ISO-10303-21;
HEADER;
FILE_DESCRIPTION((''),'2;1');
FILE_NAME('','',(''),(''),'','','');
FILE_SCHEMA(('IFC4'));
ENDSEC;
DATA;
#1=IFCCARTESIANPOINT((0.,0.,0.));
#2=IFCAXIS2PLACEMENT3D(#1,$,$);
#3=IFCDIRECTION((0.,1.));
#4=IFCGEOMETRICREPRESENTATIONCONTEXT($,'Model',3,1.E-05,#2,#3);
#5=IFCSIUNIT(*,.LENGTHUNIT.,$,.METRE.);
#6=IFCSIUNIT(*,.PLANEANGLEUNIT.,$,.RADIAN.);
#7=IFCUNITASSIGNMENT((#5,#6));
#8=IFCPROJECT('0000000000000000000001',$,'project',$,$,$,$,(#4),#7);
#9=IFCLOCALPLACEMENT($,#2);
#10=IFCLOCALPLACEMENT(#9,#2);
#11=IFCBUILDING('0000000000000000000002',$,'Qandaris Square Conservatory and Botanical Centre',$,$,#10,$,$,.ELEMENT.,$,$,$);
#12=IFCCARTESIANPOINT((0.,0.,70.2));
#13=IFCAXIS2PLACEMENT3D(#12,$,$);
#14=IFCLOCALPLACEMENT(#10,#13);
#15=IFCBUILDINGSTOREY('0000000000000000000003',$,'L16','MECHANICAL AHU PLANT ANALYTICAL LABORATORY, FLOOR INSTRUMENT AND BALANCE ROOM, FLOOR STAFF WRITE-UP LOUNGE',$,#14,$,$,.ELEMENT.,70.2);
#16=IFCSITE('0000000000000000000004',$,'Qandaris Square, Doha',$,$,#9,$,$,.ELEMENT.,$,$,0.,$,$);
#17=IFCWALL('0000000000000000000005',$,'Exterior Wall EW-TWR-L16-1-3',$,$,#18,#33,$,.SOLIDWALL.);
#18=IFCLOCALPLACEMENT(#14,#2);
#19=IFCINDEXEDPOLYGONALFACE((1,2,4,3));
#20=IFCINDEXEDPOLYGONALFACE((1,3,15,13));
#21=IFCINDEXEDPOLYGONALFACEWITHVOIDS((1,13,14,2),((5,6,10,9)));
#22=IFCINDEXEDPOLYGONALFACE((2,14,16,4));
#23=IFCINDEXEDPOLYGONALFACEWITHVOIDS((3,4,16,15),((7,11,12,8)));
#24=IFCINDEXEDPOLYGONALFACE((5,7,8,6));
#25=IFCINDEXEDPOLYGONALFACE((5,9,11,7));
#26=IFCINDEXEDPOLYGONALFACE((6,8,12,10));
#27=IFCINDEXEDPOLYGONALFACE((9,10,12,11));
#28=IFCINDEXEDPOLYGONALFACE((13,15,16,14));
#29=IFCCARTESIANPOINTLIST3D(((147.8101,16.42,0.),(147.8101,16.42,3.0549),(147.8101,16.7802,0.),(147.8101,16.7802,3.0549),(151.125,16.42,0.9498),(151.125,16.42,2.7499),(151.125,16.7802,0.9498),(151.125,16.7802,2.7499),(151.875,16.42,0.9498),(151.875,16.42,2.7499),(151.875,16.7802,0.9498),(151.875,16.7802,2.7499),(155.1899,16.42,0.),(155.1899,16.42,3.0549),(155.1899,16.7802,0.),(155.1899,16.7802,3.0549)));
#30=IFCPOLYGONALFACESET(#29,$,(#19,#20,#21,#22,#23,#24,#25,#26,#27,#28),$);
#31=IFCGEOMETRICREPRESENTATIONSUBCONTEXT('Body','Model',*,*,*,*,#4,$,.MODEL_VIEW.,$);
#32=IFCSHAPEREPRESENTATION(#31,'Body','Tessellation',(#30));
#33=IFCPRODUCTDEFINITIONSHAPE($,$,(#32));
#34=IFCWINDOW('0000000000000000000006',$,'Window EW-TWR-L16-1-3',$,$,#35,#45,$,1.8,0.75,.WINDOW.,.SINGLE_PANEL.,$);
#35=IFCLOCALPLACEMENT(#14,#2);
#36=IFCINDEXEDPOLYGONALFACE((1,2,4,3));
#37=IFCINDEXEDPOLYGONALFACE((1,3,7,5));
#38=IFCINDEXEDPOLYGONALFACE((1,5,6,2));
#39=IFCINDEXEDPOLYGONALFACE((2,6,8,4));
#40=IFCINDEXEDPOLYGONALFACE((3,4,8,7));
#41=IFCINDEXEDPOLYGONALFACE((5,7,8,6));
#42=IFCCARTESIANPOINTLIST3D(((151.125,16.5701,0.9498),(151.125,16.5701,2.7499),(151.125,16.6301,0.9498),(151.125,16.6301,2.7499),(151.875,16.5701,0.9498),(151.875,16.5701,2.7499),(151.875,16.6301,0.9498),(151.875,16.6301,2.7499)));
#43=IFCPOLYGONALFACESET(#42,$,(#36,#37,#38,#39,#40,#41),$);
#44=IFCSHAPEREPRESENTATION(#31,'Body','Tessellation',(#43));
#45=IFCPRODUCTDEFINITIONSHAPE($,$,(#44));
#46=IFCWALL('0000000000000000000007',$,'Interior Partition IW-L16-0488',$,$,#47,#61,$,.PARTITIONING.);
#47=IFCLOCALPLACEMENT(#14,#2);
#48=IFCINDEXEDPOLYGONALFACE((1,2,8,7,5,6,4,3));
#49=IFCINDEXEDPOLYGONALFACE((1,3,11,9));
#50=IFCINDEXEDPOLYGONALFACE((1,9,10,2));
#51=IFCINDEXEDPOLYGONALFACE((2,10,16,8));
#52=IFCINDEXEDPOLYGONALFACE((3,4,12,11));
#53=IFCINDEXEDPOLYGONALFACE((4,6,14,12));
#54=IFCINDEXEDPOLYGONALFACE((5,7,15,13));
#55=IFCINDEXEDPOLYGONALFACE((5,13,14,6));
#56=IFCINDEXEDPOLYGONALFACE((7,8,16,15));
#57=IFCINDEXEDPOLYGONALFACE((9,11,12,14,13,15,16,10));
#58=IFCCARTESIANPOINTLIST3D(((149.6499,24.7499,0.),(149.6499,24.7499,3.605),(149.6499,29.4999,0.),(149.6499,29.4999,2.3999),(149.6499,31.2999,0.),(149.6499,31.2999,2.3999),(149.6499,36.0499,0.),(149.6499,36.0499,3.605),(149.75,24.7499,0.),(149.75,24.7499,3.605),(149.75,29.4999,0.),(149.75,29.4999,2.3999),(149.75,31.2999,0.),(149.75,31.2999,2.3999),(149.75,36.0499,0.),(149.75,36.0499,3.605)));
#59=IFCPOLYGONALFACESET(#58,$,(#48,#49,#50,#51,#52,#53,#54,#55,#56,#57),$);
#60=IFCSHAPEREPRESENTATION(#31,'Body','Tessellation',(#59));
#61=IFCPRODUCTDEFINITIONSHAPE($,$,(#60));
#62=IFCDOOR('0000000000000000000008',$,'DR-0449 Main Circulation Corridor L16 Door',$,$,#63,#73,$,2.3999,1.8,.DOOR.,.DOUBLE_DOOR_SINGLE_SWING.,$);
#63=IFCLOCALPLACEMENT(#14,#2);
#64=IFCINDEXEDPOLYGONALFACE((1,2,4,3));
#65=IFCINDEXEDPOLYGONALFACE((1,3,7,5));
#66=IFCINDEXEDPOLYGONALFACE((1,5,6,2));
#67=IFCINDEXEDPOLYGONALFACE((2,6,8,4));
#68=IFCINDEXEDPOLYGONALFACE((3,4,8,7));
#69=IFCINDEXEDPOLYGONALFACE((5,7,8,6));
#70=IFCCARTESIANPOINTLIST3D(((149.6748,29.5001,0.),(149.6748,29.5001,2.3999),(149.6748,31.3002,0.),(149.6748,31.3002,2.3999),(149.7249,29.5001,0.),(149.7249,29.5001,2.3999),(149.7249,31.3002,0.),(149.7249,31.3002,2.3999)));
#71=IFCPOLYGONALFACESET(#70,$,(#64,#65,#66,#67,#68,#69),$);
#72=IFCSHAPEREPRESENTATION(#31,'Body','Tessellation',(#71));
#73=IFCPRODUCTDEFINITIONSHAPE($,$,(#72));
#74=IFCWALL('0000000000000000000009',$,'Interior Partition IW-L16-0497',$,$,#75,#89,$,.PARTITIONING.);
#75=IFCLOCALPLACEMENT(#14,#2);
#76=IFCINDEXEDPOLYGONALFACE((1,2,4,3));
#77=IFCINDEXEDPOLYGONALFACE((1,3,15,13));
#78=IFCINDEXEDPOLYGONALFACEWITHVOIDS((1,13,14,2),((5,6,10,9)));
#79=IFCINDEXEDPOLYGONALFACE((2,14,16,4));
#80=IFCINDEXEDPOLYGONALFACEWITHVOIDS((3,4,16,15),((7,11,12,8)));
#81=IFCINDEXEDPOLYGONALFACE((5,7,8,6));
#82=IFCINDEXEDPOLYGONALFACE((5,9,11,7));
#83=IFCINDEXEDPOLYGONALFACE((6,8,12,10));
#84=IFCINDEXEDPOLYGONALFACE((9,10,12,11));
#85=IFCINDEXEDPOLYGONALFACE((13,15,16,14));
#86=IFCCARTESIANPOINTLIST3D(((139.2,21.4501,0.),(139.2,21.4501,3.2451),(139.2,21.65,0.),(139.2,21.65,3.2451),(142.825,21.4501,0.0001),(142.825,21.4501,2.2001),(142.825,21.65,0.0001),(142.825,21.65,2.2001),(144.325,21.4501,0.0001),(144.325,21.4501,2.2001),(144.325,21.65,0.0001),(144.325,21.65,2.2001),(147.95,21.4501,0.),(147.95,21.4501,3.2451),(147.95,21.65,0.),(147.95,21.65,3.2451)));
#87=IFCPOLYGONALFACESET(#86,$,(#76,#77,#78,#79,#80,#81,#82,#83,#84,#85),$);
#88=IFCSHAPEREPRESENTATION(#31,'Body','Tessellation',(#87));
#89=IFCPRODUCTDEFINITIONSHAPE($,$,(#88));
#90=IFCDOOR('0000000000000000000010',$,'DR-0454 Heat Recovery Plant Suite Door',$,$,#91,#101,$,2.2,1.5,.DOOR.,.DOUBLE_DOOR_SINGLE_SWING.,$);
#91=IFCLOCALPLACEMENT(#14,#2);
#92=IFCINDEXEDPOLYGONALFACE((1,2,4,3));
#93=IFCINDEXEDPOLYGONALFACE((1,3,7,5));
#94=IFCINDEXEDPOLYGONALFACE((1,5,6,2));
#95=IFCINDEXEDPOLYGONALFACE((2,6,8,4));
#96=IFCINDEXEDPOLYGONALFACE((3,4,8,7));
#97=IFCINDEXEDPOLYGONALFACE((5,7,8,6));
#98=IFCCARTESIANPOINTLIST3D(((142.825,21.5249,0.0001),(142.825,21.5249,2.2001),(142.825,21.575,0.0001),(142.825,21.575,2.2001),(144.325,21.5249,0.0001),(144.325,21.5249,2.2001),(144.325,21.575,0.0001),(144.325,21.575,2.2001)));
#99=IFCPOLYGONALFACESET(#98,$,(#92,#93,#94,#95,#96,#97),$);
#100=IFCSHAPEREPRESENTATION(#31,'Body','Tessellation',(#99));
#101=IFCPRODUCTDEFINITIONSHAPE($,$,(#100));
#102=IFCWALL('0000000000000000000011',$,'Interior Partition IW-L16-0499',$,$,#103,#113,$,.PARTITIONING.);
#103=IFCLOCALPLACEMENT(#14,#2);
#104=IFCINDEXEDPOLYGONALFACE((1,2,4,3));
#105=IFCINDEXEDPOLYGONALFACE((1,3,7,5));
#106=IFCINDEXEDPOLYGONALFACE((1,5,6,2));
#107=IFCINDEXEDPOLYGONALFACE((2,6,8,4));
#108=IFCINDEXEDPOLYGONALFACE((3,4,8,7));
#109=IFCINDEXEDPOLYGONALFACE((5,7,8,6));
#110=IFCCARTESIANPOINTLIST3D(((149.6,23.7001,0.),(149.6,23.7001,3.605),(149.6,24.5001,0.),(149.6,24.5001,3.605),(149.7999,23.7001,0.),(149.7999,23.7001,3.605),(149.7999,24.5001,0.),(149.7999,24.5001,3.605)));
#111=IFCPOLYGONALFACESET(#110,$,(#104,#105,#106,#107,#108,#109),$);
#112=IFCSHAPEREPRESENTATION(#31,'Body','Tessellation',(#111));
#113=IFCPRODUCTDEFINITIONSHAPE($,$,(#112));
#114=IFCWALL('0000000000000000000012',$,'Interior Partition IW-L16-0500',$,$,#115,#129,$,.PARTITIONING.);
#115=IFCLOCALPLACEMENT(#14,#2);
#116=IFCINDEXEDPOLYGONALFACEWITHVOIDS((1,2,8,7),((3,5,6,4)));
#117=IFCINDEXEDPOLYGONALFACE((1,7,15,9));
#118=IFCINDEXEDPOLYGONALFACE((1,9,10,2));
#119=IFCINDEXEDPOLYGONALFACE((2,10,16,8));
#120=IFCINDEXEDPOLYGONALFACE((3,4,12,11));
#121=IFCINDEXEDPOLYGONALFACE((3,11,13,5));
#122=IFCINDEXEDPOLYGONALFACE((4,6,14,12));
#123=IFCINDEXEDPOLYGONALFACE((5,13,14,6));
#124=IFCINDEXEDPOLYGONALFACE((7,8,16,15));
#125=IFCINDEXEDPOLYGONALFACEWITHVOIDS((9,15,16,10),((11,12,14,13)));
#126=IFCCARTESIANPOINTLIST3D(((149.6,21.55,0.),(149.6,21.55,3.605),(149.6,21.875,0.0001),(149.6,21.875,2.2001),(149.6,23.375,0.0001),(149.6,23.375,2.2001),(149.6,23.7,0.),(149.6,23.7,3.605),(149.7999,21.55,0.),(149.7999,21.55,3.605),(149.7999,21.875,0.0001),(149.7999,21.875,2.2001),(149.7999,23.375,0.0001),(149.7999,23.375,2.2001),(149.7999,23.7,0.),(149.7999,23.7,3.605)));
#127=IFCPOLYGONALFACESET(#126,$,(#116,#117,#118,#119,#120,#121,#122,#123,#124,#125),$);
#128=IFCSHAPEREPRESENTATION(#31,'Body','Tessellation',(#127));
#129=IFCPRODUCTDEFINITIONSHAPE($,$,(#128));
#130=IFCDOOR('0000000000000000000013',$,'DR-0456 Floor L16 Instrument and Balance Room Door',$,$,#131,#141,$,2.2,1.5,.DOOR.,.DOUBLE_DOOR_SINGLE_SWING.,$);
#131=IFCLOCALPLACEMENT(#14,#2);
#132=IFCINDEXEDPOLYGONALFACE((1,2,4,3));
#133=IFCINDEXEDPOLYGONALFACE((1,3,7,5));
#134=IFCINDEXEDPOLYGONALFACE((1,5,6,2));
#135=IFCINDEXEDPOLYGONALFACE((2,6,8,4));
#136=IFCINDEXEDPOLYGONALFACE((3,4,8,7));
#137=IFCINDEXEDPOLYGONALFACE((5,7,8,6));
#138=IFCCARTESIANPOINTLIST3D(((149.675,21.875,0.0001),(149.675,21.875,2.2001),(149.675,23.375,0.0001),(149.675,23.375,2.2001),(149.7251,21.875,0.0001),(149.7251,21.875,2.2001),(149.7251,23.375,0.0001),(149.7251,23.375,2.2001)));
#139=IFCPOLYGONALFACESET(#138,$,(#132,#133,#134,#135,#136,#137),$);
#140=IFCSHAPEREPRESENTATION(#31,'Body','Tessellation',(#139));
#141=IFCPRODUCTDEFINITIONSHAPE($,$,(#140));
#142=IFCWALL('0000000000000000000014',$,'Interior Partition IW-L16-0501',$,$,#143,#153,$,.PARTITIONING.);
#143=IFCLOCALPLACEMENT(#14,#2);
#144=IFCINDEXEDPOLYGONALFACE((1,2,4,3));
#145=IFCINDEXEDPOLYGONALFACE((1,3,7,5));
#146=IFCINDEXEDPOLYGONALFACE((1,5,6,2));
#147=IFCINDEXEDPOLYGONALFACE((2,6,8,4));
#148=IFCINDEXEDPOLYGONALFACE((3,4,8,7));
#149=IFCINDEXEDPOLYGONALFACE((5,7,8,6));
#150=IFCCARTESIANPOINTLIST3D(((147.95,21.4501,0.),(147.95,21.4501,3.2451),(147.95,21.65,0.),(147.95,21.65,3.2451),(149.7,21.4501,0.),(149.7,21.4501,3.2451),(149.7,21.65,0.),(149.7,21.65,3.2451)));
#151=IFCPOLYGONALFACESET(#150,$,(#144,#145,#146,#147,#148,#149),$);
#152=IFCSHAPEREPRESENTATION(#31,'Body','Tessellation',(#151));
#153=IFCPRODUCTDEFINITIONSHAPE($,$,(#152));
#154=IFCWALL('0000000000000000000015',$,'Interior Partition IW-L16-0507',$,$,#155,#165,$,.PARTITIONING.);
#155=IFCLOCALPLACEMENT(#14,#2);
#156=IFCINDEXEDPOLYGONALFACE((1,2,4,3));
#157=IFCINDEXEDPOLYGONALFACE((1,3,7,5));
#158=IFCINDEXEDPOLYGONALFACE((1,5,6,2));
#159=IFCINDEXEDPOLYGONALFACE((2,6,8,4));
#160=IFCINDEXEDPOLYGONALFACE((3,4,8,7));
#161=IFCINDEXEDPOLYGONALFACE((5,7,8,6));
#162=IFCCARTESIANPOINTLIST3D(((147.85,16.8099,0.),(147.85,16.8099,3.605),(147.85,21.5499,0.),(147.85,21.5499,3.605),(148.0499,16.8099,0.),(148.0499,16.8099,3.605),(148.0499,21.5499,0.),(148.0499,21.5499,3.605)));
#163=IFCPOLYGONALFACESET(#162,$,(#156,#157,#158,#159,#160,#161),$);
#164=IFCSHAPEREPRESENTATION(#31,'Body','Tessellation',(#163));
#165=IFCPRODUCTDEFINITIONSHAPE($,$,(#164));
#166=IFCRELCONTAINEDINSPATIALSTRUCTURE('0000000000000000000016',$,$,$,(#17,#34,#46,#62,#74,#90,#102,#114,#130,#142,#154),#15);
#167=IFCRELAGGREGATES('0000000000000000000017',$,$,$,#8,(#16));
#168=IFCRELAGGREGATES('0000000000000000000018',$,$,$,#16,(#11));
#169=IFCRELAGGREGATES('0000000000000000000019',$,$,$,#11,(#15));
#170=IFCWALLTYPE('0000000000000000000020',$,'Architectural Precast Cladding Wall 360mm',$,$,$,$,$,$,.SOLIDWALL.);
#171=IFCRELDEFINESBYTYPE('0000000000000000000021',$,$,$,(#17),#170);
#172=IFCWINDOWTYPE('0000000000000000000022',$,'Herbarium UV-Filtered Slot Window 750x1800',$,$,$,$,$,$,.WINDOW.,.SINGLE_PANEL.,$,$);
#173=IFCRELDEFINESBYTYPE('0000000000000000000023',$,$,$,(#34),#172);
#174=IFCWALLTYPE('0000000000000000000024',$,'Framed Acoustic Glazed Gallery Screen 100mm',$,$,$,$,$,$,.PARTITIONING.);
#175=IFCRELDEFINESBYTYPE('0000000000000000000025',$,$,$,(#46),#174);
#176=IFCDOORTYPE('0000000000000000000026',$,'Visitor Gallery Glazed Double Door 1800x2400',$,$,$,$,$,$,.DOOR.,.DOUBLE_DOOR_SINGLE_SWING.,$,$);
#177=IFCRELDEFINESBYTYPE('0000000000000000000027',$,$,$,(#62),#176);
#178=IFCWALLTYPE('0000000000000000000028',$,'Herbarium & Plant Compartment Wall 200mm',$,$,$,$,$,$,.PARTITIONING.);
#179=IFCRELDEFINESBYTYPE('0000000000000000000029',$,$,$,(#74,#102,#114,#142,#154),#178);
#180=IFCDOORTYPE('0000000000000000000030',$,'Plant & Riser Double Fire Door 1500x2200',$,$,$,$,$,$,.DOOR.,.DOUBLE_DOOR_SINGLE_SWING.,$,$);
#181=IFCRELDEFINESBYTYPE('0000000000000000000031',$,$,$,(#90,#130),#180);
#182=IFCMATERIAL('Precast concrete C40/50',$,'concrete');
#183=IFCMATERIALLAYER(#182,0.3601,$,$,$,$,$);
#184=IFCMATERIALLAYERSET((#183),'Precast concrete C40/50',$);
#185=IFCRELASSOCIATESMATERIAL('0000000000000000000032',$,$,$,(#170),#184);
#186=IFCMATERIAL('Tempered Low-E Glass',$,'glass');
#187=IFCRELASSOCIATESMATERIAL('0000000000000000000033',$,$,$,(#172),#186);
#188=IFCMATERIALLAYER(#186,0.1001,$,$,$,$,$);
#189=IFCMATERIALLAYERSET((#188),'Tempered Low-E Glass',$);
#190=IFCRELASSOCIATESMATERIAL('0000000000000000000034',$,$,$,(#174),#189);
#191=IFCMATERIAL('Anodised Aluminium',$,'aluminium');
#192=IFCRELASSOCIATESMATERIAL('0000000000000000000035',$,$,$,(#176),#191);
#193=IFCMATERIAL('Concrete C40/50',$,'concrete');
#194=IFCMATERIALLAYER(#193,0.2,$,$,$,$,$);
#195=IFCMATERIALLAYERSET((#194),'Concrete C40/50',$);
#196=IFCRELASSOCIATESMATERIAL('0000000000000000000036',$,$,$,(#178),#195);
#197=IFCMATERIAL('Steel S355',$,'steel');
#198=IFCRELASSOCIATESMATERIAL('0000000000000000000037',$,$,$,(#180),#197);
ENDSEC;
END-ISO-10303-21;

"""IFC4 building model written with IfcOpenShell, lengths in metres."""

from ifc_helpers import new_model, si_unit, direction, frame, frame_2d, origin, place, context, subcontext, project, spatial, rectangle, extrude, material, layer, layer_set, type_object, element, fill, save


model = new_model("IFC4")

# Units and contexts
model_context = context("Model", 3, precision=1e-05, world=origin(), true_north=direction((0.0, 1.0)))
body_context = subcontext(model_context, "Body", "Model", "MODEL_VIEW")
ifc_project = project(units=[si_unit("LENGTHUNIT", "METRE"), si_unit("PLANEANGLEUNIT", "RADIAN")], contexts=[model_context])

# Site, building, storey
site_placement = place(None, origin())
site = spatial("IfcSite", under=ifc_project, at=site_placement, Name="Qandaris Square, Doha", CompositionType="ELEMENT", RefElevation=0.0)
building_placement = place(site_placement, origin())
building = spatial("IfcBuilding", under=site, at=building_placement, Name="Qandaris Square Conservatory and Botanical Centre", CompositionType="ELEMENT")
storey_placement = place(building_placement, frame((0.0, 0.0, 70.2)))
storey = spatial("IfcBuildingStorey", under=building, at=storey_placement, Name="L16", Description="MECHANICAL AHU PLANT ANALYTICAL LABORATORY, FLOOR INSTRUMENT AND BALANCE ROOM, FLOOR STAFF WRITE-UP LOUNGE", CompositionType="ELEMENT", Elevation=70.2)

# Shared definitions
ifc_material_1 = material(Name="Steel S355", Category="steel")

# Wall, opening, window
ifc_material_2 = material(Name="Precast concrete C40/50", Category="concrete")
ifc_layer_1 = layer(ifc_material_2, 0.3601)
ifc_layer_set_1 = layer_set([ifc_layer_1], Name="Precast concrete C40/50")
wall_type_1 = type_object("IfcWallType", Name="Architectural Precast Cladding Wall 360mm", PredefinedType="SOLIDWALL", material=ifc_layer_set_1)
wall_1_placement = place(storey_placement, frame((147.8101, 16.6001, 0.0), z_axis=(0.0, 0.0, 1.0), x_axis=(1.0, 0.0, 0.0)))
wall_1 = element("IfcWall", 1, at=wall_1_placement, inside=storey, type_object=wall_type_1, Name="Exterior Wall EW-TWR-L16-1-3", PredefinedType="SOLIDWALL", context=body_context, shape_type="SweptSolid", body=[
    extrude(rectangle(XDim=7.3799, YDim=0.3601, at=frame_2d((3.6899, 0.0))), origin(), (0.0, 0.0, 1.0), 3.0549),
])
opening_1_placement = place(wall_1_placement, frame((3.3149, 0.0, 0.95)))
opening_1 = element("IfcOpeningElement", 2, at=opening_1_placement, cuts=wall_1, PredefinedType="OPENING", context=body_context, shape_type="SweptSolid", body=[
    extrude(rectangle(XDim=0.75, YDim=1.8, at=frame_2d((0.375, 0.8999))), frame((0.0, 0.1919, 0.0), z_axis=(0.0, -1.0, 0.0), x_axis=(1.0, 0.0, 0.0)), (0.0, 0.0, 1.0), 0.384),
])
ifc_material_3 = material(Name="Tempered Low-E Glass", Category="glass")
window_type = type_object("IfcWindowType", Name="Herbarium UV-Filtered Slot Window 750x1800", PartitioningType="SINGLE_PANEL", PredefinedType="WINDOW", material=ifc_material_3)
window_placement = place(opening_1_placement, origin())
window = element("IfcWindow", 3, at=window_placement, inside=storey, type_object=window_type, Name="Window EW-TWR-L16-1-3", OverallHeight=1.8, OverallWidth=0.75, PartitioningType="SINGLE_PANEL", PredefinedType="WINDOW", context=body_context, shape_type="SweptSolid", body=[
    extrude(rectangle(XDim=0.75, YDim=1.8, at=frame_2d((0.375, 0.8999))), frame((0.0, 0.03, 0.0), z_axis=(0.0, -1.0, 0.0), x_axis=(1.0, 0.0, 0.0)), (0.0, 0.0, 1.0), 0.0601),
])
fill(opening_1, window)

# Walls, openings, doors
ifc_layer_2 = layer(ifc_material_3, 0.1001)
ifc_layer_set_2 = layer_set([ifc_layer_2], Name="Tempered Low-E Glass")
wall_type_2 = type_object("IfcWallType", Name="Framed Acoustic Glazed Gallery Screen 100mm", PredefinedType="PARTITIONING", material=ifc_layer_set_2)
wall_2_placement = place(storey_placement, frame((149.7, 24.75, 0.0), z_axis=(0.0, 0.0, 1.0), x_axis=(0.0, 1.0, 0.0)))
wall_2 = element("IfcWall", 4, at=wall_2_placement, inside=storey, type_object=wall_type_2, Name="Interior Partition IW-L16-0488", PredefinedType="PARTITIONING", context=body_context, shape_type="SweptSolid", body=[
    extrude(rectangle(XDim=11.3, YDim=0.1001, at=frame_2d((5.6499, 0.0))), origin(), (0.0, 0.0, 1.0), 3.605),
])
opening_2_placement = place(wall_2_placement, frame((4.75, 0.0, 0.0)))
opening_2 = element("IfcOpeningElement", 5, at=opening_2_placement, cuts=wall_2, PredefinedType="OPENING", context=body_context, shape_type="SweptSolid", body=[
    extrude(rectangle(XDim=1.8, YDim=2.3999, at=frame_2d((0.8999, 1.2))), frame((0.0, 0.062, 0.0), z_axis=(0.0, -1.0, 0.0), x_axis=(1.0, 0.0, 0.0)), (0.0, 0.0, 1.0), 0.124),
])
ifc_material_4 = material(Name="Anodised Aluminium", Category="aluminium")
door_type_1 = type_object("IfcDoorType", Name="Visitor Gallery Glazed Double Door 1800x2400", OperationType="DOUBLE_DOOR_SINGLE_SWING", PredefinedType="DOOR", material=ifc_material_4)
door_1_placement = place(opening_2_placement, frame((1.8, 0.0, 0.0), z_axis=(0.0, 0.0, 1.0), x_axis=(-1.0, 0.0, 0.0)))
door_1 = element("IfcDoor", 6, at=door_1_placement, inside=storey, type_object=door_type_1, Name="DR-0449 Main Circulation Corridor L16 Door", OperationType="DOUBLE_DOOR_SINGLE_SWING", OverallHeight=2.3999, OverallWidth=1.8, PredefinedType="DOOR", context=body_context, shape_type="SweptSolid", body=[
    extrude(rectangle(XDim=1.8, YDim=2.3999, at=frame_2d((0.8999, 1.2))), frame((0.0, 0.0249, 0.0), z_axis=(0.0, -1.0, 0.0), x_axis=(1.0, 0.0, 0.0)), (0.0, 0.0, 1.0), 0.05),
])
fill(opening_2, door_1)
ifc_material_5 = material(Name="Concrete C40/50", Category="concrete")
ifc_layer_3 = layer(ifc_material_5, 0.2)
ifc_layer_set_3 = layer_set([ifc_layer_3], Name="Concrete C40/50")
wall_type_3 = type_object("IfcWallType", Name="Herbarium & Plant Compartment Wall 200mm", PredefinedType="PARTITIONING", material=ifc_layer_set_3)
wall_3_placement = place(storey_placement, frame((147.95, 21.55, 0.0), z_axis=(0.0, 0.0, 1.0), x_axis=(-1.0, 0.0, 0.0)))
wall_3 = element("IfcWall", 7, at=wall_3_placement, inside=storey, type_object=wall_type_3, Name="Interior Partition IW-L16-0497", PredefinedType="PARTITIONING", context=body_context, shape_type="SweptSolid", body=[
    extrude(rectangle(XDim=8.75, YDim=0.2, at=frame_2d((4.375, 0.0))), origin(), (0.0, 0.0, 1.0), 3.2451),
])
opening_3_placement = place(wall_3_placement, frame((3.625, 0.0, 0.0)))
opening_3 = element("IfcOpeningElement", 8, at=opening_3_placement, cuts=wall_3, PredefinedType="OPENING", context=body_context, shape_type="SweptSolid", body=[
    extrude(rectangle(XDim=1.5, YDim=2.2, at=frame_2d((0.75, 1.1001))), frame((0.0, 0.1118, 0.0), z_axis=(0.0, -1.0, 0.0), x_axis=(1.0, 0.0, 0.0)), (0.0, 0.0, 1.0), 0.2239),
])
door_type_2 = type_object("IfcDoorType", Name="Plant & Riser Double Fire Door 1500x2200", OperationType="DOUBLE_DOOR_SINGLE_SWING", PredefinedType="DOOR", material=ifc_material_1)
door_2_placement = place(opening_3_placement, frame((1.5, 0.0, 0.0), z_axis=(0.0, 0.0, 1.0), x_axis=(-1.0, 0.0, 0.0)))
door_2 = element("IfcDoor", 9, at=door_2_placement, inside=storey, type_object=door_type_2, Name="DR-0454 Heat Recovery Plant Suite Door", OperationType="DOUBLE_DOOR_SINGLE_SWING", OverallHeight=2.2, OverallWidth=1.5, PredefinedType="DOOR", context=body_context, shape_type="SweptSolid", body=[
    extrude(rectangle(XDim=1.5, YDim=2.2, at=frame_2d((0.75, 1.1001))), frame((0.0, 0.0249, 0.0), z_axis=(0.0, -1.0, 0.0), x_axis=(1.0, 0.0, 0.0)), (0.0, 0.0, 1.0), 0.05),
])
fill(opening_3, door_2)

# Wall
wall_4_placement = place(storey_placement, frame((149.7, 24.5, 0.0), z_axis=(0.0, 0.0, 1.0), x_axis=(0.0, -1.0, 0.0)))
element("IfcWall", 10, at=wall_4_placement, inside=storey, type_object=wall_type_3, Name="Interior Partition IW-L16-0499", PredefinedType="PARTITIONING", context=body_context, shape_type="SweptSolid", body=[
    extrude(rectangle(XDim=0.8, YDim=0.2, at=frame_2d((0.3999, 0.0))), origin(), (0.0, 0.0, 1.0), 3.605),
])

# Wall, opening, door
wall_5_placement = place(storey_placement, frame((149.7, 23.7, 0.0), z_axis=(0.0, 0.0, 1.0), x_axis=(0.0, -1.0, 0.0)))
wall_5 = element("IfcWall", 11, at=wall_5_placement, inside=storey, type_object=wall_type_3, Name="Interior Partition IW-L16-0500", PredefinedType="PARTITIONING", context=body_context, shape_type="SweptSolid", body=[
    extrude(rectangle(XDim=2.1499, YDim=0.2, at=frame_2d((1.075, 0.0))), origin(), (0.0, 0.0, 1.0), 3.605),
])
opening_4_placement = place(wall_5_placement, frame((0.325, 0.0, 0.0)))
opening_4 = element("IfcOpeningElement", 12, at=opening_4_placement, cuts=wall_5, PredefinedType="OPENING", context=body_context, shape_type="SweptSolid", body=[
    extrude(rectangle(XDim=1.5, YDim=2.2, at=frame_2d((0.75, 1.1001))), frame((0.0, 0.1118, 0.0), z_axis=(0.0, -1.0, 0.0), x_axis=(1.0, 0.0, 0.0)), (0.0, 0.0, 1.0), 0.2239),
])
door_3_placement = place(opening_4_placement, frame((1.5, 0.0, 0.0), z_axis=(0.0, 0.0, 1.0), x_axis=(-1.0, 0.0, 0.0)))
door_3 = element("IfcDoor", 13, at=door_3_placement, inside=storey, type_object=door_type_2, Name="DR-0456 Floor L16 Instrument and Balance Room Door", OperationType="DOUBLE_DOOR_SINGLE_SWING", OverallHeight=2.2, OverallWidth=1.5, PredefinedType="DOOR", context=body_context, shape_type="SweptSolid", body=[
    extrude(rectangle(XDim=1.5, YDim=2.2, at=frame_2d((0.75, 1.1001))), frame((0.0, 0.0249, 0.0), z_axis=(0.0, -1.0, 0.0), x_axis=(1.0, 0.0, 0.0)), (0.0, 0.0, 1.0), 0.05),
])
fill(opening_4, door_3)

# Walls
wall_6_placement = place(storey_placement, frame((149.7, 21.55, 0.0), z_axis=(0.0, 0.0, 1.0), x_axis=(-1.0, 0.0, 0.0)))
element("IfcWall", 14, at=wall_6_placement, inside=storey, type_object=wall_type_3, Name="Interior Partition IW-L16-0501", PredefinedType="PARTITIONING", context=body_context, shape_type="SweptSolid", body=[
    extrude(rectangle(XDim=1.75, YDim=0.2, at=frame_2d((0.875, 0.0))), origin(), (0.0, 0.0, 1.0), 3.2451),
])
wall_7_placement = place(storey_placement, frame((147.95, 21.55, 0.0), z_axis=(0.0, 0.0, 1.0), x_axis=(0.0, -1.0, 0.0)))
element("IfcWall", 15, at=wall_7_placement, inside=storey, type_object=wall_type_3, Name="Interior Partition IW-L16-0507", PredefinedType="PARTITIONING", context=body_context, shape_type="SweptSolid", body=[
    extrude(rectangle(XDim=4.74, YDim=0.2, at=frame_2d((2.3701, 0.0))), origin(), (0.0, 0.0, 1.0), 3.605),
])

save(model, "model.ifc")
